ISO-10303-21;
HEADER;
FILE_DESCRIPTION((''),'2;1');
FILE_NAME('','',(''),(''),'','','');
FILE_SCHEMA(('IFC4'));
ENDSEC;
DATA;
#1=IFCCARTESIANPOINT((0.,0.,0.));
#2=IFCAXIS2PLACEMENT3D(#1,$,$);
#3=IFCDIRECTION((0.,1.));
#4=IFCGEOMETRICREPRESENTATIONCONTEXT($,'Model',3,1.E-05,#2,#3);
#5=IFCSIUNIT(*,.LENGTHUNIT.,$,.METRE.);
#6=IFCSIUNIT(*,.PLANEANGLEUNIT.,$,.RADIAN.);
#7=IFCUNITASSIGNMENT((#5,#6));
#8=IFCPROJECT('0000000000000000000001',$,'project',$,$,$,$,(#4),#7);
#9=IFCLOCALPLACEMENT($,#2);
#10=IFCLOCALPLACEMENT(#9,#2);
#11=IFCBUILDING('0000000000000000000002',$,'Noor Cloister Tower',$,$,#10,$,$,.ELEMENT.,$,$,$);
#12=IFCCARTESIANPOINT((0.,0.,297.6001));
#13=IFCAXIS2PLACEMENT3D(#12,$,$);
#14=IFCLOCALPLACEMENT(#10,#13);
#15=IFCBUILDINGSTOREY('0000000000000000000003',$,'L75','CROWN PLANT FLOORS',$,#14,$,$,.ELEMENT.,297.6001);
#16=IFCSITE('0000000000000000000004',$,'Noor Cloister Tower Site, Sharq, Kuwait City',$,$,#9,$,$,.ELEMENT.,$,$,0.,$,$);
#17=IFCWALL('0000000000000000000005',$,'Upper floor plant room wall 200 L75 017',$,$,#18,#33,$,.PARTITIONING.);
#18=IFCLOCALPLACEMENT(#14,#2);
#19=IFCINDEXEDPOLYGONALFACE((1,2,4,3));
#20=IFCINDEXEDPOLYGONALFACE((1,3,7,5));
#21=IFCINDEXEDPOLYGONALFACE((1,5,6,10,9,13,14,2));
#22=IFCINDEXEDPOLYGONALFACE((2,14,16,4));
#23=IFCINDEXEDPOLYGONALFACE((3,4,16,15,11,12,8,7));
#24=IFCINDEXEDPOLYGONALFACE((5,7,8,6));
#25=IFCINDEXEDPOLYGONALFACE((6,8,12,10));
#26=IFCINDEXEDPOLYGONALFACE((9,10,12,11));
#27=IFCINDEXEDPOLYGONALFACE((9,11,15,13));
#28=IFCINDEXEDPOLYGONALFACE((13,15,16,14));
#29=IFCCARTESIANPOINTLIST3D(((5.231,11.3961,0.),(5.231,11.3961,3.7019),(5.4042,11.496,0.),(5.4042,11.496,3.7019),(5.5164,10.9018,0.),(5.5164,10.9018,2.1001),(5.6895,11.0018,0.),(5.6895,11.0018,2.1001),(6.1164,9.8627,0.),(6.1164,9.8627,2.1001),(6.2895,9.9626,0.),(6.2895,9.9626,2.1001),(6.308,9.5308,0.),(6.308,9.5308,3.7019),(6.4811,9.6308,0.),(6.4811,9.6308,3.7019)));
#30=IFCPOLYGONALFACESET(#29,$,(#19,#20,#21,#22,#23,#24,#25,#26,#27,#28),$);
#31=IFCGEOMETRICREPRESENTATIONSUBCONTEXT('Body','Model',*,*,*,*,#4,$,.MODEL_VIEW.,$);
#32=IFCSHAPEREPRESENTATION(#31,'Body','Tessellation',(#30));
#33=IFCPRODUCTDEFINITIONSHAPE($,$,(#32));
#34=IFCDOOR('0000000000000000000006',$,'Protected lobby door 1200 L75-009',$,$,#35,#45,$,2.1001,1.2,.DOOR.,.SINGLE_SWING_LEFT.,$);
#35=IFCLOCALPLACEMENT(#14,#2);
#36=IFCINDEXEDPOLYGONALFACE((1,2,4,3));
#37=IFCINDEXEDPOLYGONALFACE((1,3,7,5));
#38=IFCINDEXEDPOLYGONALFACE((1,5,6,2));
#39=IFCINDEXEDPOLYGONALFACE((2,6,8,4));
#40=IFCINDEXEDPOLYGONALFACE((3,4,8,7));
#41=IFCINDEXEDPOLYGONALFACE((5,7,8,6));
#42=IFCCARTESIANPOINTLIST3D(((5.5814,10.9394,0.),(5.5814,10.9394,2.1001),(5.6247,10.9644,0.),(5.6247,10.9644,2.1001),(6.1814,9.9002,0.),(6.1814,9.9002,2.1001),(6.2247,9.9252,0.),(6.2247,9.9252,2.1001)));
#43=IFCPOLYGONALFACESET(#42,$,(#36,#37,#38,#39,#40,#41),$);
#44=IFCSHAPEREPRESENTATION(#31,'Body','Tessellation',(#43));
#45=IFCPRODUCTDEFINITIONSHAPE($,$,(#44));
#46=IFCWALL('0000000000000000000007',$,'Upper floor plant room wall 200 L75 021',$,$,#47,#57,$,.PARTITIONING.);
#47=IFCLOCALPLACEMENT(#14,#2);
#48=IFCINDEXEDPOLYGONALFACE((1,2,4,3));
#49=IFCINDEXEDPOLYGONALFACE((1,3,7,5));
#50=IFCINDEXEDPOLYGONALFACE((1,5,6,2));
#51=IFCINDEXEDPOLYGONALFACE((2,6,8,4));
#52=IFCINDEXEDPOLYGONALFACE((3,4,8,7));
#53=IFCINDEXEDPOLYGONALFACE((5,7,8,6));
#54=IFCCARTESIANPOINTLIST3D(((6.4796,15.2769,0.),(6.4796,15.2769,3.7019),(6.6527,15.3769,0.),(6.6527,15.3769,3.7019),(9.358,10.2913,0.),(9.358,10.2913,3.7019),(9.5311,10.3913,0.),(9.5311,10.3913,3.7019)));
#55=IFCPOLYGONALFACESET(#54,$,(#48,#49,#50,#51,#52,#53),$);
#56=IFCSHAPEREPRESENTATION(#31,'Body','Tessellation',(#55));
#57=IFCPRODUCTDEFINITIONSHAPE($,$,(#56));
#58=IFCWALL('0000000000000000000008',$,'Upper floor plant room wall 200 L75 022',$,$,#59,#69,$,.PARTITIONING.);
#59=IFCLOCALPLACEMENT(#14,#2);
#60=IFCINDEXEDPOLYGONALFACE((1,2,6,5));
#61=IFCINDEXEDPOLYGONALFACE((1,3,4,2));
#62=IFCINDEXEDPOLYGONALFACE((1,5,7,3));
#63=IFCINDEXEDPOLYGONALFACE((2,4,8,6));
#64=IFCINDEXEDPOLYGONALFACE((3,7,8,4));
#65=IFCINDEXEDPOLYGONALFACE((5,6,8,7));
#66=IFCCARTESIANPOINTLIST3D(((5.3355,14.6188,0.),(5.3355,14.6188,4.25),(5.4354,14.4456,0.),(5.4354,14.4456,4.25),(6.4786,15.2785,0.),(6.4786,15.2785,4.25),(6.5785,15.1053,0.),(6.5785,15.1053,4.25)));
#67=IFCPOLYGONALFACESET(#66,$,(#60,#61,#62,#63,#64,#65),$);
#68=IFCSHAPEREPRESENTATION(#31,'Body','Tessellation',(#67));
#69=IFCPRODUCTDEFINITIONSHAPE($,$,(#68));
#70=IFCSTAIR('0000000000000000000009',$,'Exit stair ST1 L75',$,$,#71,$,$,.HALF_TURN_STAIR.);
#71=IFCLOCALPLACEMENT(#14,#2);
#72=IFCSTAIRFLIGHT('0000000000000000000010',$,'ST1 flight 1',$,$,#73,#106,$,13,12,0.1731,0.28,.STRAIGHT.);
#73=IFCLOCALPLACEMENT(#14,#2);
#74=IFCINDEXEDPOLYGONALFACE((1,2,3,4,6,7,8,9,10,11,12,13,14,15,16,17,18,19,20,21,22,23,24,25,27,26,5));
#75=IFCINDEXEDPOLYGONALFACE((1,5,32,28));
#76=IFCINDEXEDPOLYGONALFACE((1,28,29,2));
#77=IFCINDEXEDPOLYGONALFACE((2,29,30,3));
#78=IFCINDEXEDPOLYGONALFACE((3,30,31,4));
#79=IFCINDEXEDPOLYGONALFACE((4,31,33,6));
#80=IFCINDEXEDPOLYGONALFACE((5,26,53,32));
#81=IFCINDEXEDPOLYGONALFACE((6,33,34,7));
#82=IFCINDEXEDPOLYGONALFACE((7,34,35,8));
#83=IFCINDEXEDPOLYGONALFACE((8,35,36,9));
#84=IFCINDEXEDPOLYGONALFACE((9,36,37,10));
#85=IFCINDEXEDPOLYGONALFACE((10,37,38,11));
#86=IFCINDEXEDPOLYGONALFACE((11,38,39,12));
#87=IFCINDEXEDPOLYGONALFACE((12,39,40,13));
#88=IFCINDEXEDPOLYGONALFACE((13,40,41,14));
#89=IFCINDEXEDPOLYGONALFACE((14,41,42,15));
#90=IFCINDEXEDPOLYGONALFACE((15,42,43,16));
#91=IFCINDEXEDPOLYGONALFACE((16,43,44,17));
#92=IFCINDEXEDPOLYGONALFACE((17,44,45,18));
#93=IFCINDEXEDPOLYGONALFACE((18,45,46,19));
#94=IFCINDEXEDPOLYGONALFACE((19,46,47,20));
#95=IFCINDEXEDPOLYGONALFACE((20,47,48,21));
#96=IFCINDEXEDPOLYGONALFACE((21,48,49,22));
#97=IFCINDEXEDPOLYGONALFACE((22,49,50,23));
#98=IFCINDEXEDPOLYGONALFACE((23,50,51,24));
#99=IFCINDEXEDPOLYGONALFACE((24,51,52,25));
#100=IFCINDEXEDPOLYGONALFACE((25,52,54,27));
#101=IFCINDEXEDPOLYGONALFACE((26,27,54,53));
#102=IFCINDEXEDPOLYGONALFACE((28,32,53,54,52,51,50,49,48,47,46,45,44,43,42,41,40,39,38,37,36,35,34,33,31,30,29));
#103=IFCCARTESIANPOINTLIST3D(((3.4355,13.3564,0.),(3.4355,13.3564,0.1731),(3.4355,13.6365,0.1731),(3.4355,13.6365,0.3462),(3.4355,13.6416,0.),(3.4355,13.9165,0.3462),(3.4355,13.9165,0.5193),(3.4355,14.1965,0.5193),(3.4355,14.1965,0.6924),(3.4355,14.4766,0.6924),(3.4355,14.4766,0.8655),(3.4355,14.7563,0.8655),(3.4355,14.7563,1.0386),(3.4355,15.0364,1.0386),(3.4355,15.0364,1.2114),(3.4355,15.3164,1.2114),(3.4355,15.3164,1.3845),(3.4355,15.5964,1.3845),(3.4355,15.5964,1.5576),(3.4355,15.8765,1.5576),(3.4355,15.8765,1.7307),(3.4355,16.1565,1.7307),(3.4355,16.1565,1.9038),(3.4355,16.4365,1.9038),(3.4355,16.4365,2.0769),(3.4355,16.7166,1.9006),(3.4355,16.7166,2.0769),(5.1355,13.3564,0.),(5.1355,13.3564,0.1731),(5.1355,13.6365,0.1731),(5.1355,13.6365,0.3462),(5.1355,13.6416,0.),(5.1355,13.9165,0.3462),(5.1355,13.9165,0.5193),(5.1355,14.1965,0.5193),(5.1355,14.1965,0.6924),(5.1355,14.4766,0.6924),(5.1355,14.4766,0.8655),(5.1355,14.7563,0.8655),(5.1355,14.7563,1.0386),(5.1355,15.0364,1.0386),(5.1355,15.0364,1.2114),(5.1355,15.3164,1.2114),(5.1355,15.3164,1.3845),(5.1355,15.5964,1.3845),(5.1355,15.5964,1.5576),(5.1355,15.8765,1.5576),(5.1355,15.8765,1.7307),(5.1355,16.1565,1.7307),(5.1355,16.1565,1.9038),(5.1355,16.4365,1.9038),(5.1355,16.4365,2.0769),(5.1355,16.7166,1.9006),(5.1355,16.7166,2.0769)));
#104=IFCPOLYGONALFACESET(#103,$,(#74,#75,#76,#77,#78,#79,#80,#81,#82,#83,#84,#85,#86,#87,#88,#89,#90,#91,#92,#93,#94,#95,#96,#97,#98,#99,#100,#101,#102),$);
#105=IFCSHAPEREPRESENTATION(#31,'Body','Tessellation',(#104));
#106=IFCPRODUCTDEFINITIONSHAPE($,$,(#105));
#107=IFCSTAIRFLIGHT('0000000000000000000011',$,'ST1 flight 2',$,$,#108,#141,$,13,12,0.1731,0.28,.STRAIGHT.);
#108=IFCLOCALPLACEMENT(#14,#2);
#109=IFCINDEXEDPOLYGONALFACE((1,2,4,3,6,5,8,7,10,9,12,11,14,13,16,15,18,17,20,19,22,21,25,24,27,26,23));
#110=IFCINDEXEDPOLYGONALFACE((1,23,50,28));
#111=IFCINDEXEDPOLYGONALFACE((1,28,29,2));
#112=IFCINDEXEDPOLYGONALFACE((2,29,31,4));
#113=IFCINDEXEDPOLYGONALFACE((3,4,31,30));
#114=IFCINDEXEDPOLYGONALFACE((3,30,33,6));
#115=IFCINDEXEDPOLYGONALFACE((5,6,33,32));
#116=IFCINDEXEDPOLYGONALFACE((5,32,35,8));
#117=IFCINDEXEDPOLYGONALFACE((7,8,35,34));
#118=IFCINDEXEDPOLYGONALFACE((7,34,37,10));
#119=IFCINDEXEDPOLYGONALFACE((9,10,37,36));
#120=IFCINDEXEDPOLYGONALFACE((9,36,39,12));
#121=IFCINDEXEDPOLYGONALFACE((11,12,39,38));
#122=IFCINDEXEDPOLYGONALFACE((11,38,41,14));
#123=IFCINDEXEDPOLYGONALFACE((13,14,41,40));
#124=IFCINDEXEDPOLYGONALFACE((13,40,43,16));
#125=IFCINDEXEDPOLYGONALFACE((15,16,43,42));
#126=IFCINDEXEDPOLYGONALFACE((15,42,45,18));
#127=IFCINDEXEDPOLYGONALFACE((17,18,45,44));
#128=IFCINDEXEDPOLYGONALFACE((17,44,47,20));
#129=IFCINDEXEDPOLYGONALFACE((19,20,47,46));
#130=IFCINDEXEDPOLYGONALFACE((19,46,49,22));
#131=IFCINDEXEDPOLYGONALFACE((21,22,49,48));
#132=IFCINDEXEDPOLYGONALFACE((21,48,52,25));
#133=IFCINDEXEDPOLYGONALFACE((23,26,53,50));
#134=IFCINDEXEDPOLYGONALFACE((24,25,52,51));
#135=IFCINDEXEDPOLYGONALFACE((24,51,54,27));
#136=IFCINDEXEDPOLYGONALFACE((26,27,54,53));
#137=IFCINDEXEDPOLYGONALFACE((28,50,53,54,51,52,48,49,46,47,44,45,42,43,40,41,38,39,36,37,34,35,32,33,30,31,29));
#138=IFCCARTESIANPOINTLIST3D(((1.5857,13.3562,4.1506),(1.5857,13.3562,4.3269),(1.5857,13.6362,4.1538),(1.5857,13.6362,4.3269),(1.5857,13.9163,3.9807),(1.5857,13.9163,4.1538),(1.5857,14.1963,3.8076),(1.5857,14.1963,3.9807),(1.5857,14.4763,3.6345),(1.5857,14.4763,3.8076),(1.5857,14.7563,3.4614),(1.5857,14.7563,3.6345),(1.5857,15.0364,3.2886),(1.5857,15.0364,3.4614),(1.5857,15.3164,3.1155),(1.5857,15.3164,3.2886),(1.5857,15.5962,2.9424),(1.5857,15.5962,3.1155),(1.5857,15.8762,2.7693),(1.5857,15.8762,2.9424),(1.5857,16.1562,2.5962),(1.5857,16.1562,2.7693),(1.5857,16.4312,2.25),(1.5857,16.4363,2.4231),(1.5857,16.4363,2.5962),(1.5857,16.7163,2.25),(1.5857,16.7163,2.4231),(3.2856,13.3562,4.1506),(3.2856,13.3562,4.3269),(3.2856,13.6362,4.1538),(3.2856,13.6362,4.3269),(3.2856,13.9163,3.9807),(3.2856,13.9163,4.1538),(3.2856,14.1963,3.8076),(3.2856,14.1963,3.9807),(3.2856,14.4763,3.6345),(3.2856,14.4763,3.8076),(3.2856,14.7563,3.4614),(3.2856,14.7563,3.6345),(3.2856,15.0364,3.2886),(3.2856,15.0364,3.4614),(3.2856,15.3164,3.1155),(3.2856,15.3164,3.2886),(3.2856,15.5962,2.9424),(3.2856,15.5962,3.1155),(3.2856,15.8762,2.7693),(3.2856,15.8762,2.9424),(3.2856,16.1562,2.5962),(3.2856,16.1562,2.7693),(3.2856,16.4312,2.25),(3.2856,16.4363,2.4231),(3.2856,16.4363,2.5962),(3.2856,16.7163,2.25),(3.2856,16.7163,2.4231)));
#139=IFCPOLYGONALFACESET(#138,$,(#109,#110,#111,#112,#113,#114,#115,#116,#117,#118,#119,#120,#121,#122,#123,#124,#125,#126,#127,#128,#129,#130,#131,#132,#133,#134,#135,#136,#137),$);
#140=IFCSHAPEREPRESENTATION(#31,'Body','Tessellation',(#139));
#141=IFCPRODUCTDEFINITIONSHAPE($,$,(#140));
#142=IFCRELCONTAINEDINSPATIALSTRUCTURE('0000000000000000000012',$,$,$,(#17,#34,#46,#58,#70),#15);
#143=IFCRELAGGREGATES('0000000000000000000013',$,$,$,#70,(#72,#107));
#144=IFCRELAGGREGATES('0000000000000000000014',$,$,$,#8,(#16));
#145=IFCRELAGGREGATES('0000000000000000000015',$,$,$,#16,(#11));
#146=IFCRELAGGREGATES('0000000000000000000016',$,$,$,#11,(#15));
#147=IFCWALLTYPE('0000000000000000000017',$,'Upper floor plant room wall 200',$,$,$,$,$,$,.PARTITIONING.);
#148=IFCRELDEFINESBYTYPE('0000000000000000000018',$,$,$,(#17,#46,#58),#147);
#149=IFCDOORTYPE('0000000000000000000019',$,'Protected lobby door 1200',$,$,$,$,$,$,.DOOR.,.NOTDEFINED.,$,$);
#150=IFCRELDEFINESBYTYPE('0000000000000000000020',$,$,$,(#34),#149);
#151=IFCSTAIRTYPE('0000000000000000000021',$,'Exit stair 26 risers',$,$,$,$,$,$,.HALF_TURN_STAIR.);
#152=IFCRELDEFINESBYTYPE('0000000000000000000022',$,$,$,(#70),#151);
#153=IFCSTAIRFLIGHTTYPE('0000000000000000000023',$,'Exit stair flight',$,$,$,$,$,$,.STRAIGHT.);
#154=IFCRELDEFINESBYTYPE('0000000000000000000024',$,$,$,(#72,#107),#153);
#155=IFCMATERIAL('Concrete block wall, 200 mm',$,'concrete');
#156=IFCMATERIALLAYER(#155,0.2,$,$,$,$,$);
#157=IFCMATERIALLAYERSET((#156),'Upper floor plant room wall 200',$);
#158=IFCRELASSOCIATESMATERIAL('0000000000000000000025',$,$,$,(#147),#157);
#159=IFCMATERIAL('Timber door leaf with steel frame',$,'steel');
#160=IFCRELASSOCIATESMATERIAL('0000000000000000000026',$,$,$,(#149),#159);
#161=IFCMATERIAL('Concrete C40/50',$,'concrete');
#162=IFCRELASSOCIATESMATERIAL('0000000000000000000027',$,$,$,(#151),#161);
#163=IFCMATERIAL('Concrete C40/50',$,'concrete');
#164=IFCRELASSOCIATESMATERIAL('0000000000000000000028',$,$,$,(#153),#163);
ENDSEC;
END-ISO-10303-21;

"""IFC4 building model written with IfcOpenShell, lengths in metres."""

from ifc_helpers import new_model, si_unit, direction, frame, frame_2d, origin, place, context, subcontext, project, spatial, polyline, rectangle, outline, extrude, material, layer, layer_set, type_object, element, fill, aggregate, save


model = new_model("IFC4")

# Units and contexts
model_context = context("Model", 3, precision=1e-05, world=origin(), true_north=direction((0.0, 1.0)))
body_context = subcontext(model_context, "Body", "Model", "MODEL_VIEW")
ifc_project = project(units=[si_unit("LENGTHUNIT", "METRE"), si_unit("PLANEANGLEUNIT", "RADIAN")], contexts=[model_context])

# Site, building, storey
site_placement = place(None, origin())
site = spatial("IfcSite", under=ifc_project, at=site_placement, Name="Noor Cloister Tower Site, Sharq, Kuwait City", CompositionType="ELEMENT", RefElevation=0.0)
building_placement = place(site_placement, origin())
building = spatial("IfcBuilding", under=site, at=building_placement, Name="Noor Cloister Tower", CompositionType="ELEMENT")
storey_placement = place(building_placement, frame((0.0, 0.0, 297.6001)))
storey = spatial("IfcBuildingStorey", under=building, at=storey_placement, Name="L75", Description="CROWN PLANT FLOORS", CompositionType="ELEMENT", Elevation=297.6001)

# Shared definitions
ifc_material_1 = material(Name="Concrete block wall, 200 mm", Category="concrete")
ifc_layer_1 = layer(ifc_material_1, 0.2)
ifc_layer_set_1 = layer_set([ifc_layer_1], Name="Upper floor plant room wall 200")
wall_type_1 = type_object("IfcWallType", Name="Upper floor plant room wall 200", PredefinedType="PARTITIONING", material=ifc_layer_set_1)

# Wall, opening, door
wall_1_placement = place(storey_placement, frame((6.3945, 9.5808, 0.0), z_axis=(0.0, 0.0, 1.0), x_axis=(-0.500004, 0.866023, 0.0)))
wall_1 = element("IfcWall", 1, at=wall_1_placement, inside=storey, type_object=wall_type_1, Name="Upper floor plant room wall 200 L75 017", PredefinedType="PARTITIONING", context=body_context, shape_type="SweptSolid", body=[
    extrude(rectangle(XDim=2.1538, YDim=0.2, at=frame_2d((1.0769, 0.0))), origin(), (0.0, 0.0, 1.0), 3.7019),
])
opening_1_placement = place(wall_1_placement, frame((0.3831, 0.0, 0.0)))
opening_1 = element("IfcOpeningElement", 2, at=opening_1_placement, cuts=wall_1, PredefinedType="OPENING", context=body_context, shape_type="SweptSolid", body=[
    extrude(rectangle(XDim=1.2, YDim=2.1001, at=frame_2d((0.6001, 1.05))), frame((0.0, 0.1099, 0.0), z_axis=(0.0, -1.0, 0.0), x_axis=(1.0, 0.0, 0.0)), (0.0, 0.0, 1.0), 0.22),
])
ifc_material_2 = material(Name="Timber door leaf with steel frame", Category="steel")
door_type_1 = type_object("IfcDoorType", Name="Protected lobby door 1200", OperationType="NOTDEFINED", PredefinedType="DOOR", material=ifc_material_2)
door_1_placement = place(opening_1_placement, origin())
door_1 = element("IfcDoor", 3, at=door_1_placement, inside=storey, type_object=door_type_1, Name="Protected lobby door 1200 L75-009", OperationType="SINGLE_SWING_LEFT", OverallHeight=2.1001, OverallWidth=1.2, PredefinedType="DOOR", context=body_context, shape_type="SweptSolid", body=[
    extrude(rectangle(XDim=1.2, YDim=2.1001, at=frame_2d((0.6001, 1.05))), frame((0.0, 0.0249, 0.0), z_axis=(0.0, -1.0, 0.0), x_axis=(1.0, 0.0, 0.0)), (0.0, 0.0, 1.0), 0.05),
])
fill(opening_1, door_1)

# Walls
wall_2_placement = place(storey_placement, frame((6.5662, 15.3269, 0.0), z_axis=(0.0, 0.0, 1.0), x_axis=(0.499998, -0.866027, 0.0)))
element("IfcWall", 4, at=wall_2_placement, inside=storey, type_object=wall_type_1, Name="Upper floor plant room wall 200 L75 021", PredefinedType="PARTITIONING", context=body_context, shape_type="SweptSolid", body=[
    extrude(rectangle(XDim=5.7568, YDim=0.2, at=frame_2d((2.8784, 0.0))), origin(), (0.0, 0.0, 1.0), 3.7019),
])
wall_3_placement = place(storey_placement, frame((6.5286, 15.1919, 0.0), z_axis=(0.0, 0.0, 1.0), x_axis=(-0.866118, -0.49984, 0.0)))
element("IfcWall", 5, at=wall_3_placement, inside=storey, type_object=wall_type_1, Name="Upper floor plant room wall 200 L75 022", PredefinedType="PARTITIONING", context=body_context, shape_type="SweptSolid", body=[
    extrude(rectangle(XDim=1.3198, YDim=0.2, at=frame_2d((0.6599, 0.0))), origin(), (0.0, 0.0, 1.0), 4.25),
])

# Stair, stair flights
ifc_material_3 = material(Name="Concrete C40/50", Category="concrete")
stair_type = type_object("IfcStairType", Name="Exit stair 26 risers", PredefinedType="HALF_TURN_STAIR", material=ifc_material_3)
stair_placement = place(storey_placement, origin())
stair = element("IfcStair", 6, at=stair_placement, inside=storey, type_object=stair_type, Name="Exit stair ST1 L75", PredefinedType="HALF_TURN_STAIR")
ifc_material_4 = material(Name="Concrete C40/50", Category="concrete")
stair_flight_type = type_object("IfcStairFlightType", Name="Exit stair flight", PredefinedType="STRAIGHT", material=ifc_material_4)
stair_flight_1_placement = place(storey_placement, frame((4.2856, 13.3564, 0.0), z_axis=(0.0, 0.0, 1.0), x_axis=(0.0, 1.0, 0.0)))
stair_flight_1 = element("IfcStairFlight", 7, at=stair_flight_1_placement, type_object=stair_flight_type, Name="ST1 flight 1", NumberOfRisers=13, NumberOfTreads=12, PredefinedType="STRAIGHT", RiserHeight=0.1731, TreadLength=0.28, context=body_context, shape_type="SweptSolid", body=[
    extrude(outline(polyline([(0.0, 0.0), (0.0, 0.1731), (0.28, 0.1731), (0.28, 0.3462), (0.5601, 0.3462), (0.5601, 0.5193), (0.8401, 0.5193), (0.8401, 0.6924), (1.1201, 0.6924), (1.1201, 0.8655), (1.3999, 0.8655), (1.3999, 1.0386), (1.6799, 1.0386), (1.6799, 1.2114), (1.96, 1.2114), (1.96, 1.3845), (2.24, 1.3845), (2.24, 1.5576), (2.52, 1.5576), (2.52, 1.7307), (2.8, 1.7307), (2.8, 1.9038), (3.0801, 1.9038), (3.0801, 2.0769), (3.3601, 2.0769), (3.3601, 2.25), (3.3601, 1.9006), (0.2852, 0.0), (0.0, 0.0)])), frame((0.0, 0.8501, 0.0), z_axis=(0.0, -1.0, 0.0), x_axis=(1.0, 0.0, 0.0)), (0.0, 0.0, 1.0), 1.7),
])
stair_flight_2_placement = place(storey_placement, frame((2.4355, 16.7163, 2.25), z_axis=(0.0, 0.0, 1.0), x_axis=(0.0, -1.0, 0.0)))
stair_flight_2 = element("IfcStairFlight", 8, at=stair_flight_2_placement, type_object=stair_flight_type, Name="ST1 flight 2", NumberOfRisers=13, NumberOfTreads=12, PredefinedType="STRAIGHT", RiserHeight=0.1731, TreadLength=0.28, context=body_context, shape_type="SweptSolid", body=[
    extrude(outline(polyline([(0.0, 0.0), (0.0, 0.1731), (0.28, 0.1731), (0.28, 0.3462), (0.5601, 0.3462), (0.5601, 0.5193), (0.8401, 0.5193), (0.8401, 0.6924), (1.1201, 0.6924), (1.1201, 0.8655), (1.3999, 0.8655), (1.3999, 1.0386), (1.6799, 1.0386), (1.6799, 1.2114), (1.96, 1.2114), (1.96, 1.3845), (2.24, 1.3845), (2.24, 1.5576), (2.52, 1.5576), (2.52, 1.7307), (2.8, 1.7307), (2.8, 1.9038), (3.0801, 1.9038), (3.0801, 2.0769), (3.3601, 2.0769), (3.3601, 2.25), (3.3601, 1.9006), (0.2852, 0.0), (0.0, 0.0)])), frame((0.0, 0.8501, 0.0), z_axis=(0.0, -1.0, 0.0), x_axis=(1.0, 0.0, 0.0)), (0.0, 0.0, 1.0), 1.7),
])
aggregate(stair, [stair_flight_1, stair_flight_2])

save(model, "model.ifc")
